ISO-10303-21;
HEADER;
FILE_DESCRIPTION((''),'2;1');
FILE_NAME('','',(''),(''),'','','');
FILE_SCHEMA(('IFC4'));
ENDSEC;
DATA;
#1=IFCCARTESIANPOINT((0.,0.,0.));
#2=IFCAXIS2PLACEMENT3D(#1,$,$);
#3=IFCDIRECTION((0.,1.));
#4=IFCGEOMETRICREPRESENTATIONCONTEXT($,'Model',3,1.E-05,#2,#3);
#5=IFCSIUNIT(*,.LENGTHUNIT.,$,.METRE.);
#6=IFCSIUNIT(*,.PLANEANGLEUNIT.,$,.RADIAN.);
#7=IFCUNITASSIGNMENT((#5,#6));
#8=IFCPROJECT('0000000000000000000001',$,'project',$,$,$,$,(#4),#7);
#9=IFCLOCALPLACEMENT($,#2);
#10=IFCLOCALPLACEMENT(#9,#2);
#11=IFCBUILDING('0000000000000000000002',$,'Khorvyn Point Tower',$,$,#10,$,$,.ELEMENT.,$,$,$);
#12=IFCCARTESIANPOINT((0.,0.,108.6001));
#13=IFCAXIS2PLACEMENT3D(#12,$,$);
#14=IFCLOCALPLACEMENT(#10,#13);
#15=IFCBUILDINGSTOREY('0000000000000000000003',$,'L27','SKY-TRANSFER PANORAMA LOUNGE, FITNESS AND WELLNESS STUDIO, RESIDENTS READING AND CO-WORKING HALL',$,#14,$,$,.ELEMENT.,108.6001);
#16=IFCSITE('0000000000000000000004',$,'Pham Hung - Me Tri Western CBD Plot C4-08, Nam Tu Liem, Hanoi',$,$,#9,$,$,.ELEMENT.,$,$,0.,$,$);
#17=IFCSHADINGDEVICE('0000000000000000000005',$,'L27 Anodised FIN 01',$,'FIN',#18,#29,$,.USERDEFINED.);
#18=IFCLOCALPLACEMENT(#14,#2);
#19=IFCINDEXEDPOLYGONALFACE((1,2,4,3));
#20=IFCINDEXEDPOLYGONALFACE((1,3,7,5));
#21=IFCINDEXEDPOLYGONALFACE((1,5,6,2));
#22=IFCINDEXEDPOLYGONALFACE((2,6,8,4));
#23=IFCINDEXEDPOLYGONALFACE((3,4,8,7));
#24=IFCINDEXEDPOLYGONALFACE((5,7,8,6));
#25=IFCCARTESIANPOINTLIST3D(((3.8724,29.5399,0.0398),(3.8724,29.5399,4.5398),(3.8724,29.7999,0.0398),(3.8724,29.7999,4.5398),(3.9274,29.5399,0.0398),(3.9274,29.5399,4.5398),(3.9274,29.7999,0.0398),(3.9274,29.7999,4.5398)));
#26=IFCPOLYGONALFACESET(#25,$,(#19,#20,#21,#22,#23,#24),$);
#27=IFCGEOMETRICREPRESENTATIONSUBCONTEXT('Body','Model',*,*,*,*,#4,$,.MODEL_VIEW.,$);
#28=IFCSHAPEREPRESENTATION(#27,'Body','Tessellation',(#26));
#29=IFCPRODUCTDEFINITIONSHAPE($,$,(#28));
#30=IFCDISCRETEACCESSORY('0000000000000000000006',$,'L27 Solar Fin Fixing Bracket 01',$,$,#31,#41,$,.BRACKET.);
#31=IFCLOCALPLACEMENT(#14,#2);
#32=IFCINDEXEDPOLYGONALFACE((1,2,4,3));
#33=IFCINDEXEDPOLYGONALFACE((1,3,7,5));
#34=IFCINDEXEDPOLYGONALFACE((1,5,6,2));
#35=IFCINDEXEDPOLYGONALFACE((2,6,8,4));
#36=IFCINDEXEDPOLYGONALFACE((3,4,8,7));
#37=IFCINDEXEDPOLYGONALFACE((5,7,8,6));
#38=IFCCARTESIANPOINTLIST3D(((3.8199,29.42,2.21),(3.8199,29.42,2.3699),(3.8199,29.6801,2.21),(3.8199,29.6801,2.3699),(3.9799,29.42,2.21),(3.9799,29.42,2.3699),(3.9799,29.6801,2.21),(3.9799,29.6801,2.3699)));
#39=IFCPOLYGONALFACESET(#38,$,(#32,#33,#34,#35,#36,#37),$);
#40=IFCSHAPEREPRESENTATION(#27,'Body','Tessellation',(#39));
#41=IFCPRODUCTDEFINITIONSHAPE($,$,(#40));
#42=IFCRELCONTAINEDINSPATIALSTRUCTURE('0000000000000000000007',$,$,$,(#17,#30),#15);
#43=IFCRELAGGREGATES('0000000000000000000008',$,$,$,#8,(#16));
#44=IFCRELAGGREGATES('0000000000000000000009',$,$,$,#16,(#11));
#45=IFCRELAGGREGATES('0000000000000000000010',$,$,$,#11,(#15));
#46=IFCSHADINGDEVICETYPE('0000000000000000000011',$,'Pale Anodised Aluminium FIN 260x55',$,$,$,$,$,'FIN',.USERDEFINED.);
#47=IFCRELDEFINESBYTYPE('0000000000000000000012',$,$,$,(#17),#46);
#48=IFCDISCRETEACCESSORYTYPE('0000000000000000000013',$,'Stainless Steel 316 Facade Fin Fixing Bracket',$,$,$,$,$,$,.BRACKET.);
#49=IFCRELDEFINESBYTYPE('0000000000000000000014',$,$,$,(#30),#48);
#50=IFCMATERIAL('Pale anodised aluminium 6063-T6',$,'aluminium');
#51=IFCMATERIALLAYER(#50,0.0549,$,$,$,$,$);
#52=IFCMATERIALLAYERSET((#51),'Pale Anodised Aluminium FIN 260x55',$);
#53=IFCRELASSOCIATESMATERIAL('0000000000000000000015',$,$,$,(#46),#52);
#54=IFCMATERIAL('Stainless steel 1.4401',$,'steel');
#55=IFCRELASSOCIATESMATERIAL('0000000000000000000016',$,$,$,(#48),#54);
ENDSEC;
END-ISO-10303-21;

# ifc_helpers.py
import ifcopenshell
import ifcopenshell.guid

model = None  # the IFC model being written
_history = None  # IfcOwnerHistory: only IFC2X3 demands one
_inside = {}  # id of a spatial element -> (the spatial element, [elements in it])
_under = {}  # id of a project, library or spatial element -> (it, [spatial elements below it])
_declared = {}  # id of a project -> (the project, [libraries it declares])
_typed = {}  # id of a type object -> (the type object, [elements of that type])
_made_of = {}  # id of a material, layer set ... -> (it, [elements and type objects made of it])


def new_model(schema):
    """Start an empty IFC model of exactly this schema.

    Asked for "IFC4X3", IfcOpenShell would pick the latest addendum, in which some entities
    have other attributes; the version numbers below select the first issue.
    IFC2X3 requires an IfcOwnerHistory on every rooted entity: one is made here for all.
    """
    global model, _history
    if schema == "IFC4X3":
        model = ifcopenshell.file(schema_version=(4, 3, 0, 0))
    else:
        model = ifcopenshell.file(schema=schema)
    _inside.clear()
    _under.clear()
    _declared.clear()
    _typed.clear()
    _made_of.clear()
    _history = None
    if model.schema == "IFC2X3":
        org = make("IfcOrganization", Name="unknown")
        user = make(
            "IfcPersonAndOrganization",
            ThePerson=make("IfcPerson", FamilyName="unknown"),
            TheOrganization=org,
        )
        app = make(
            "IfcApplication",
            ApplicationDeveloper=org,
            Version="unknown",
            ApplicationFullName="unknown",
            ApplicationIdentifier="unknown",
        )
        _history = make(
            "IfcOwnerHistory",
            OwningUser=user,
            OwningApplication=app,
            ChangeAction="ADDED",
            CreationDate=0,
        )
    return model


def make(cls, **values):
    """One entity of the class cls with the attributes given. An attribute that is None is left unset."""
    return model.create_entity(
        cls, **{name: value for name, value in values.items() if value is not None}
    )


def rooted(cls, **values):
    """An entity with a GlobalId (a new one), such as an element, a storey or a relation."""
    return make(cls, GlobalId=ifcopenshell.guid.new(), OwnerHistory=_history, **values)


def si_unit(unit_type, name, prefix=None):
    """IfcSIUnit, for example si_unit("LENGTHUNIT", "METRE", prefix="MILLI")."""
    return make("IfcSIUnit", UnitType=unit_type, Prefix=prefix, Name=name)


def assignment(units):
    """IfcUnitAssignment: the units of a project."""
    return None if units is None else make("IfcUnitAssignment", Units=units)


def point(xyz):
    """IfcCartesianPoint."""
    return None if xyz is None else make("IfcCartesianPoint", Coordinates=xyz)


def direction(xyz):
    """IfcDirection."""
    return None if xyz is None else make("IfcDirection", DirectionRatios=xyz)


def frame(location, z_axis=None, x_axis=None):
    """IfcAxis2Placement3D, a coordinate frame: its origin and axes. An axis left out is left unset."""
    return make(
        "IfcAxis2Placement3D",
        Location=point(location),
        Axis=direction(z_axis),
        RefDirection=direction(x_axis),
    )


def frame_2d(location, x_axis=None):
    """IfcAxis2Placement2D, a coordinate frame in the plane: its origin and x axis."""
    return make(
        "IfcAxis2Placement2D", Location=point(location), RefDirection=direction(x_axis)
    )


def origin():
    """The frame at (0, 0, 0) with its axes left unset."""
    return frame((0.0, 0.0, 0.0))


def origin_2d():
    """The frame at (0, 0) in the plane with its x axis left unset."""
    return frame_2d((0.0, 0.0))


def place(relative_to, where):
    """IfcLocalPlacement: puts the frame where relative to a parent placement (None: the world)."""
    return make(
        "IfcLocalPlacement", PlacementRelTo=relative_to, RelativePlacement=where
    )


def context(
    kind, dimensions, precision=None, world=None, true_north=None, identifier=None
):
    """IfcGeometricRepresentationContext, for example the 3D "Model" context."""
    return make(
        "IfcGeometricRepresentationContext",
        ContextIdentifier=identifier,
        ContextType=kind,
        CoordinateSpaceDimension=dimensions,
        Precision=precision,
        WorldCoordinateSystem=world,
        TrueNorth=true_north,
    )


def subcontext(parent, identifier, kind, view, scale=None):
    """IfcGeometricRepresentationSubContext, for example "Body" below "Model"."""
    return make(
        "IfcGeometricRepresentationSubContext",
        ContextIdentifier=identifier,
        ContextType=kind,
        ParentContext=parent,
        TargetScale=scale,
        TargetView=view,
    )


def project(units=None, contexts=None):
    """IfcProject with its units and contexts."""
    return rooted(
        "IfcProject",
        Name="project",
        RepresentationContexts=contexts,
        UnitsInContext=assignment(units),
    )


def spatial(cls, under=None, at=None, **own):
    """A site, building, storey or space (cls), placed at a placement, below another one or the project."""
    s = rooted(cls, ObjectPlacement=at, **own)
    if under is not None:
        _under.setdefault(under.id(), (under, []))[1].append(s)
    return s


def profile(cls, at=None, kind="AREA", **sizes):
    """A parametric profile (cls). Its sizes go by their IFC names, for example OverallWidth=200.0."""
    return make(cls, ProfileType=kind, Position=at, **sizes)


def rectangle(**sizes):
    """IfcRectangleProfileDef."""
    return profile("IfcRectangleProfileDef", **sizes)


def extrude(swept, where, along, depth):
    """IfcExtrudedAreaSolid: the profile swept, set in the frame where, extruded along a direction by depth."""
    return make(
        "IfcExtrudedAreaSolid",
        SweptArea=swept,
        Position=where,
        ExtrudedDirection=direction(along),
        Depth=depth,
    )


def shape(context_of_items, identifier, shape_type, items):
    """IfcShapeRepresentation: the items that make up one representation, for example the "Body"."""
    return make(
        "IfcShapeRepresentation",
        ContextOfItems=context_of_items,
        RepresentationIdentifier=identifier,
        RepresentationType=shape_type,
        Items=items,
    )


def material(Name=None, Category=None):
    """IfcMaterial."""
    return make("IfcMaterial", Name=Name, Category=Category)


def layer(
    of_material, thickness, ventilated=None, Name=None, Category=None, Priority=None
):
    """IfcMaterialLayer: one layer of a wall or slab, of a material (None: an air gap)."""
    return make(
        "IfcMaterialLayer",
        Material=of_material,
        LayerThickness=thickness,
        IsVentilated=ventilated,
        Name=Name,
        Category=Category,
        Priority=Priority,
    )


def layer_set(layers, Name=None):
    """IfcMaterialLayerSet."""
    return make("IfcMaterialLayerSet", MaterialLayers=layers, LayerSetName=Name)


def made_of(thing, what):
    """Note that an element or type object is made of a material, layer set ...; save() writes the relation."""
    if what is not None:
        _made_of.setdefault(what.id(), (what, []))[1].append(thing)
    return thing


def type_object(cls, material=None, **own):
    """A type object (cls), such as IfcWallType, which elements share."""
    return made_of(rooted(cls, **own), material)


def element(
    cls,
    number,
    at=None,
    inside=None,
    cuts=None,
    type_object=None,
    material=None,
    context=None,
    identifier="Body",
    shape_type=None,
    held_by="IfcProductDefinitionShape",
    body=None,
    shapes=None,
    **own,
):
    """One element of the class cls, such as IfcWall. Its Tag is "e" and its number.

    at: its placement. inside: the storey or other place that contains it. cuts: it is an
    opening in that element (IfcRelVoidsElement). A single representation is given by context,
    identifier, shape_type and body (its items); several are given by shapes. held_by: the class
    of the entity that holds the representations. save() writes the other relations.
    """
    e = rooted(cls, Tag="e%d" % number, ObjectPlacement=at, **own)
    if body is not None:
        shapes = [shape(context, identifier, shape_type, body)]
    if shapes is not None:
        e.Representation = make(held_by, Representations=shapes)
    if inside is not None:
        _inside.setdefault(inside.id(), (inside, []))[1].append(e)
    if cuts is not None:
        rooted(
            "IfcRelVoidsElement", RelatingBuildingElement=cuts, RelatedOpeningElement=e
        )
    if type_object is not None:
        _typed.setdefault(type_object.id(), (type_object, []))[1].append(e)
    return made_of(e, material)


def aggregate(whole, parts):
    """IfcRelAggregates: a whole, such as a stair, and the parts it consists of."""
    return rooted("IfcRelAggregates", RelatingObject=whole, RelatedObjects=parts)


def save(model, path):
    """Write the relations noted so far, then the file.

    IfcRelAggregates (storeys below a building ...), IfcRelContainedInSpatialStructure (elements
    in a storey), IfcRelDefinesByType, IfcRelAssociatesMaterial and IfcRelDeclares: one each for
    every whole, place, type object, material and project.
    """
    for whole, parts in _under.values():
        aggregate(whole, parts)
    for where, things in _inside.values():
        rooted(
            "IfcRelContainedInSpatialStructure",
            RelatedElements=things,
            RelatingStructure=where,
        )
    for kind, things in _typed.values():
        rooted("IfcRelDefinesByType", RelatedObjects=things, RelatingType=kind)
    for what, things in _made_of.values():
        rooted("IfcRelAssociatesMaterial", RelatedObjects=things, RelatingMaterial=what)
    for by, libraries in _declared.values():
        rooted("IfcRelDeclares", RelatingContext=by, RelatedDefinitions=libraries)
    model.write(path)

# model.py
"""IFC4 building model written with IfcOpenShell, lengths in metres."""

from ifc_helpers import new_model, si_unit, direction, frame, origin, origin_2d, place, context, subcontext, project, spatial, rectangle, extrude, material, layer, layer_set, type_object, element, save


model = new_model("IFC4")

# Units and contexts
model_context = context("Model", 3, precision=1e-05, world=origin(), true_north=direction((0.0, 1.0)))
body_context = subcontext(model_context, "Body", "Model", "MODEL_VIEW")
ifc_project = project(units=[si_unit("LENGTHUNIT", "METRE"), si_unit("PLANEANGLEUNIT", "RADIAN")], contexts=[model_context])

# Site, building, storey
site_placement = place(None, origin())
site = spatial("IfcSite", under=ifc_project, at=site_placement, Name="Pham Hung - Me Tri Western CBD Plot C4-08, Nam Tu Liem, Hanoi", CompositionType="ELEMENT", RefElevation=0.0)
building_placement = place(site_placement, origin())
building = spatial("IfcBuilding", under=site, at=building_placement, Name="Khorvyn Point Tower", CompositionType="ELEMENT")
storey_placement = place(building_placement, frame((0.0, 0.0, 108.6001)))
storey = spatial("IfcBuildingStorey", under=building, at=storey_placement, Name="L27", Description="SKY-TRANSFER PANORAMA LOUNGE, FITNESS AND WELLNESS STUDIO, RESIDENTS READING AND CO-WORKING HALL", CompositionType="ELEMENT", Elevation=108.6001)

# Shading device
ifc_material_1 = material(Name="Pale anodised aluminium 6063-T6", Category="aluminium")
ifc_layer_1 = layer(ifc_material_1, 0.0549)
ifc_layer_set_1 = layer_set([ifc_layer_1], Name="Pale Anodised Aluminium FIN 260x55")
shading_device_type = type_object("IfcShadingDeviceType", Name="Pale Anodised Aluminium FIN 260x55", ElementType="FIN", PredefinedType="USERDEFINED", material=ifc_layer_set_1)
shading_device_placement = place(storey_placement, frame((3.8999, 29.6699, 0.0398), z_axis=(0.0, 0.0, 1.0), x_axis=(0.0, 1.0, 0.0)))
element("IfcShadingDevice", 1, at=shading_device_placement, inside=storey, type_object=shading_device_type, Name="L27 Anodised FIN 01", ObjectType="FIN", PredefinedType="USERDEFINED", context=body_context, shape_type="SweptSolid", body=[
    extrude(rectangle(XDim=0.26, YDim=0.0549, at=origin_2d()), origin(), (0.0, 0.0, 1.0), 4.5),
])

# Discrete accessory
ifc_material_2 = material(Name="Stainless steel 1.4401", Category="steel")
discrete_accessory_type = type_object("IfcDiscreteAccessoryType", Name="Stainless Steel 316 Facade Fin Fixing Bracket", PredefinedType="BRACKET", material=ifc_material_2)
discrete_accessory_placement = place(storey_placement, frame((3.8999, 29.55, 2.21), z_axis=(0.0, 0.0, 1.0), x_axis=(1.0, 0.0, 0.0)))
element("IfcDiscreteAccessory", 2, at=discrete_accessory_placement, inside=storey, type_object=discrete_accessory_type, Name="L27 Solar Fin Fixing Bracket 01", PredefinedType="BRACKET", context=body_context, shape_type="SweptSolid", body=[
    extrude(rectangle(XDim=0.1599, YDim=0.26, at=origin_2d()), origin(), (0.0, 0.0, 1.0), 0.1599),
])

save(model, "model.ifc")
